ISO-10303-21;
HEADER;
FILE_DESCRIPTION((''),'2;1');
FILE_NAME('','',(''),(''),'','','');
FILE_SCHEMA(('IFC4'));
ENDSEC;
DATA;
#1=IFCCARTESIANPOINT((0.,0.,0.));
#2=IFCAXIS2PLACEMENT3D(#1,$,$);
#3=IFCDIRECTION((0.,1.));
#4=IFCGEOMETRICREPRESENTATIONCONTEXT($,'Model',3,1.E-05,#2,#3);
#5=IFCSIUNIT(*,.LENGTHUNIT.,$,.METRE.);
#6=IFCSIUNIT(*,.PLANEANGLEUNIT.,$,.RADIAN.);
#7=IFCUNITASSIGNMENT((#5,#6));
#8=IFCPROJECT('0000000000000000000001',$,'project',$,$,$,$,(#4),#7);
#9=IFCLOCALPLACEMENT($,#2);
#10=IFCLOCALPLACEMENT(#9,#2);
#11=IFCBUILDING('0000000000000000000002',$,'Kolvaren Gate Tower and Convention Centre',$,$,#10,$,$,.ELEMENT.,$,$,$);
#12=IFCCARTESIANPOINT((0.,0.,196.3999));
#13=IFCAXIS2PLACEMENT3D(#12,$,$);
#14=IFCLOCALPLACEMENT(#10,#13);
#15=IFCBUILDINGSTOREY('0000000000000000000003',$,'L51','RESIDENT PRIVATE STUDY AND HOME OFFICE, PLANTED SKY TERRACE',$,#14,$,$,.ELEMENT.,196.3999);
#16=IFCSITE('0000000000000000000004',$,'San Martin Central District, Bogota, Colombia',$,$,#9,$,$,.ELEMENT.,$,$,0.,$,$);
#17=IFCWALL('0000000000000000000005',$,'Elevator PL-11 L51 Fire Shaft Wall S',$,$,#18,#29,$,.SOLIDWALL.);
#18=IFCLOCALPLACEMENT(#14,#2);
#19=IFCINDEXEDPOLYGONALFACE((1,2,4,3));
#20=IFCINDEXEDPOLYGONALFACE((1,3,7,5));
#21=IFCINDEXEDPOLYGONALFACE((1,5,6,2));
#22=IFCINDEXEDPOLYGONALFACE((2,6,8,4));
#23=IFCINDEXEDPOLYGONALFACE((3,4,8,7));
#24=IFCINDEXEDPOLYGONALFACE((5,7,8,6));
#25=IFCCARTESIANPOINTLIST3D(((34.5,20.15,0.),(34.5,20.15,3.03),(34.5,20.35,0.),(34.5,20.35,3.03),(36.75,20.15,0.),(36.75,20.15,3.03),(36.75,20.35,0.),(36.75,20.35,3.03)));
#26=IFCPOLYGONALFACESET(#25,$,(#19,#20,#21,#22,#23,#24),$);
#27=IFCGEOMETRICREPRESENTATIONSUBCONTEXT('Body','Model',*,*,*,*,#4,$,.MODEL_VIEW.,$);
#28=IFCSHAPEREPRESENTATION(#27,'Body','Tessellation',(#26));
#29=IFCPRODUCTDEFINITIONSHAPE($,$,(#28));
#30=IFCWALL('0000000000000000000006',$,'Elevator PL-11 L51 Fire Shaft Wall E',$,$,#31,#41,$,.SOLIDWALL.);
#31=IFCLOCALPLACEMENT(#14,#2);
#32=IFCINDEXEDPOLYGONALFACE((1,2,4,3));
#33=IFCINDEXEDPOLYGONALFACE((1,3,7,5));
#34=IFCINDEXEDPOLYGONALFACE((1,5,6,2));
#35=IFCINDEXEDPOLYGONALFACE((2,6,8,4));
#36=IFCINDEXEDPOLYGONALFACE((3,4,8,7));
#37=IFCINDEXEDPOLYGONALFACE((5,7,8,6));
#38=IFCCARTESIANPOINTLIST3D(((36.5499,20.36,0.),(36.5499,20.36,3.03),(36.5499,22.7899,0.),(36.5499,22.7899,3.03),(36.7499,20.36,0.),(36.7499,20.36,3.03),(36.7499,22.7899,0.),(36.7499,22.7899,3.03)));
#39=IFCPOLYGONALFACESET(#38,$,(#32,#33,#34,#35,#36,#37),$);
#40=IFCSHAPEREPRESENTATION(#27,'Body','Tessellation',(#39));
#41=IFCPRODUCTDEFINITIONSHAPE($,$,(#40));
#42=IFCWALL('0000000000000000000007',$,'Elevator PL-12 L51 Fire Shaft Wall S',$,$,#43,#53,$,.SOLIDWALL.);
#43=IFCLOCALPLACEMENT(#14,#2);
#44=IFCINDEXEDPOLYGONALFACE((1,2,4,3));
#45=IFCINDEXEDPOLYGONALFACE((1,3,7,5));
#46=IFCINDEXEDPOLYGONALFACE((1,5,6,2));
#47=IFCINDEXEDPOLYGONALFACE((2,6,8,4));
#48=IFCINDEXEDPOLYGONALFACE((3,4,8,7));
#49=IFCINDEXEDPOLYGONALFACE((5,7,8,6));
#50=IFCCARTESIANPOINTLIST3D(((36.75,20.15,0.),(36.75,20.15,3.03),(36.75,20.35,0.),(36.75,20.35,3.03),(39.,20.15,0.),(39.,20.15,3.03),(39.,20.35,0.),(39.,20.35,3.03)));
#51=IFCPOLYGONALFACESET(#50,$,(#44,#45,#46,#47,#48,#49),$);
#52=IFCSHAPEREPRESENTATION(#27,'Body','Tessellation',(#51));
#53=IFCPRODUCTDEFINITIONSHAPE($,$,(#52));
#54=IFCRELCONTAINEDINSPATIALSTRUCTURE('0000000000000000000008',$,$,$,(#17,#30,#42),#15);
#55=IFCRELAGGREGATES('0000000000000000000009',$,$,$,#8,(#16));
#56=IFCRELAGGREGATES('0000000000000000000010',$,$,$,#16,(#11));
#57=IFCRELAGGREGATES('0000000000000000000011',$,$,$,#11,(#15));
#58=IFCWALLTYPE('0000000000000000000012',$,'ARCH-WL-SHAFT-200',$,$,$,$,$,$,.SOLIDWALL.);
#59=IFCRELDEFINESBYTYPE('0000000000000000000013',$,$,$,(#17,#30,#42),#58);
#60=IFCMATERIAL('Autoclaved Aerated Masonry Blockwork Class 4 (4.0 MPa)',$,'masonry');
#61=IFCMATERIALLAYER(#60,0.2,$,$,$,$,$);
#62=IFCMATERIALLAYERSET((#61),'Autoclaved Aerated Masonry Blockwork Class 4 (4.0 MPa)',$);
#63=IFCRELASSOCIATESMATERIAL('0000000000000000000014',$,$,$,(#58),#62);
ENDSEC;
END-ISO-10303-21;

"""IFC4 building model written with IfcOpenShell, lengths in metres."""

from ifc_helpers import new_model, si_unit, direction, frame, frame_2d, origin, place, context, subcontext, project, spatial, rectangle, extrude, material, layer, layer_set, type_object, element, save


model = new_model("IFC4")

# Units and contexts
model_context = context("Model", 3, precision=1e-05, world=origin(), true_north=direction((0.0, 1.0)))
body_context = subcontext(model_context, "Body", "Model", "MODEL_VIEW")
ifc_project = project(units=[si_unit("LENGTHUNIT", "METRE"), si_unit("PLANEANGLEUNIT", "RADIAN")], contexts=[model_context])

# Site, building, storey
site_placement = place(None, origin())
site = spatial("IfcSite", under=ifc_project, at=site_placement, Name="San Martin Central District, Bogota, Colombia", CompositionType="ELEMENT", RefElevation=0.0)
building_placement = place(site_placement, origin())
building = spatial("IfcBuilding", under=site, at=building_placement, Name="Kolvaren Gate Tower and Convention Centre", CompositionType="ELEMENT")
storey_placement = place(building_placement, frame((0.0, 0.0, 196.3999)))
storey = spatial("IfcBuildingStorey", under=building, at=storey_placement, Name="L51", Description="RESIDENT PRIVATE STUDY AND HOME OFFICE, PLANTED SKY TERRACE", CompositionType="ELEMENT", Elevation=196.3999)

# Walls
ifc_material_1 = material(Name="Autoclaved Aerated Masonry Blockwork Class 4 (4.0 MPa)", Category="masonry")
ifc_layer_1 = layer(ifc_material_1, 0.2)
ifc_layer_set_1 = layer_set([ifc_layer_1], Name="Autoclaved Aerated Masonry Blockwork Class 4 (4.0 MPa)")
wall_type_1 = type_object("IfcWallType", Name="ARCH-WL-SHAFT-200", PredefinedType="SOLIDWALL", material=ifc_layer_set_1)
wall_1_placement = place(storey_placement, frame((34.5, 20.25, 0.0), z_axis=(0.0, 0.0, 1.0), x_axis=(1.0, 0.0, 0.0)))
element("IfcWall", 1, at=wall_1_placement, inside=storey, type_object=wall_type_1, Name="Elevator PL-11 L51 Fire Shaft Wall S", PredefinedType="SOLIDWALL", context=body_context, shape_type="SweptSolid", body=[
    extrude(rectangle(XDim=2.25, YDim=0.2, at=frame_2d((1.125, 0.0))), origin(), (0.0, 0.0, 1.0), 3.03),
])
wall_2_placement = place(storey_placement, frame((36.6499, 20.3601, 0.0), z_axis=(0.0, 0.0, 1.0), x_axis=(0.0, 1.0, 0.0)))
element("IfcWall", 2, at=wall_2_placement, inside=storey, type_object=wall_type_1, Name="Elevator PL-11 L51 Fire Shaft Wall E", PredefinedType="SOLIDWALL", context=body_context, shape_type="SweptSolid", body=[
    extrude(rectangle(XDim=2.4299, YDim=0.2, at=frame_2d((1.2148, 0.0))), origin(), (0.0, 0.0, 1.0), 3.03),
])
wall_3_placement = place(storey_placement, frame((36.75, 20.25, 0.0), z_axis=(0.0, 0.0, 1.0), x_axis=(1.0, 0.0, 0.0)))
element("IfcWall", 3, at=wall_3_placement, inside=storey, type_object=wall_type_1, Name="Elevator PL-12 L51 Fire Shaft Wall S", PredefinedType="SOLIDWALL", context=body_context, shape_type="SweptSolid", body=[
    extrude(rectangle(XDim=2.25, YDim=0.2, at=frame_2d((1.125, 0.0))), origin(), (0.0, 0.0, 1.0), 3.03),
])

save(model, "model.ifc")
